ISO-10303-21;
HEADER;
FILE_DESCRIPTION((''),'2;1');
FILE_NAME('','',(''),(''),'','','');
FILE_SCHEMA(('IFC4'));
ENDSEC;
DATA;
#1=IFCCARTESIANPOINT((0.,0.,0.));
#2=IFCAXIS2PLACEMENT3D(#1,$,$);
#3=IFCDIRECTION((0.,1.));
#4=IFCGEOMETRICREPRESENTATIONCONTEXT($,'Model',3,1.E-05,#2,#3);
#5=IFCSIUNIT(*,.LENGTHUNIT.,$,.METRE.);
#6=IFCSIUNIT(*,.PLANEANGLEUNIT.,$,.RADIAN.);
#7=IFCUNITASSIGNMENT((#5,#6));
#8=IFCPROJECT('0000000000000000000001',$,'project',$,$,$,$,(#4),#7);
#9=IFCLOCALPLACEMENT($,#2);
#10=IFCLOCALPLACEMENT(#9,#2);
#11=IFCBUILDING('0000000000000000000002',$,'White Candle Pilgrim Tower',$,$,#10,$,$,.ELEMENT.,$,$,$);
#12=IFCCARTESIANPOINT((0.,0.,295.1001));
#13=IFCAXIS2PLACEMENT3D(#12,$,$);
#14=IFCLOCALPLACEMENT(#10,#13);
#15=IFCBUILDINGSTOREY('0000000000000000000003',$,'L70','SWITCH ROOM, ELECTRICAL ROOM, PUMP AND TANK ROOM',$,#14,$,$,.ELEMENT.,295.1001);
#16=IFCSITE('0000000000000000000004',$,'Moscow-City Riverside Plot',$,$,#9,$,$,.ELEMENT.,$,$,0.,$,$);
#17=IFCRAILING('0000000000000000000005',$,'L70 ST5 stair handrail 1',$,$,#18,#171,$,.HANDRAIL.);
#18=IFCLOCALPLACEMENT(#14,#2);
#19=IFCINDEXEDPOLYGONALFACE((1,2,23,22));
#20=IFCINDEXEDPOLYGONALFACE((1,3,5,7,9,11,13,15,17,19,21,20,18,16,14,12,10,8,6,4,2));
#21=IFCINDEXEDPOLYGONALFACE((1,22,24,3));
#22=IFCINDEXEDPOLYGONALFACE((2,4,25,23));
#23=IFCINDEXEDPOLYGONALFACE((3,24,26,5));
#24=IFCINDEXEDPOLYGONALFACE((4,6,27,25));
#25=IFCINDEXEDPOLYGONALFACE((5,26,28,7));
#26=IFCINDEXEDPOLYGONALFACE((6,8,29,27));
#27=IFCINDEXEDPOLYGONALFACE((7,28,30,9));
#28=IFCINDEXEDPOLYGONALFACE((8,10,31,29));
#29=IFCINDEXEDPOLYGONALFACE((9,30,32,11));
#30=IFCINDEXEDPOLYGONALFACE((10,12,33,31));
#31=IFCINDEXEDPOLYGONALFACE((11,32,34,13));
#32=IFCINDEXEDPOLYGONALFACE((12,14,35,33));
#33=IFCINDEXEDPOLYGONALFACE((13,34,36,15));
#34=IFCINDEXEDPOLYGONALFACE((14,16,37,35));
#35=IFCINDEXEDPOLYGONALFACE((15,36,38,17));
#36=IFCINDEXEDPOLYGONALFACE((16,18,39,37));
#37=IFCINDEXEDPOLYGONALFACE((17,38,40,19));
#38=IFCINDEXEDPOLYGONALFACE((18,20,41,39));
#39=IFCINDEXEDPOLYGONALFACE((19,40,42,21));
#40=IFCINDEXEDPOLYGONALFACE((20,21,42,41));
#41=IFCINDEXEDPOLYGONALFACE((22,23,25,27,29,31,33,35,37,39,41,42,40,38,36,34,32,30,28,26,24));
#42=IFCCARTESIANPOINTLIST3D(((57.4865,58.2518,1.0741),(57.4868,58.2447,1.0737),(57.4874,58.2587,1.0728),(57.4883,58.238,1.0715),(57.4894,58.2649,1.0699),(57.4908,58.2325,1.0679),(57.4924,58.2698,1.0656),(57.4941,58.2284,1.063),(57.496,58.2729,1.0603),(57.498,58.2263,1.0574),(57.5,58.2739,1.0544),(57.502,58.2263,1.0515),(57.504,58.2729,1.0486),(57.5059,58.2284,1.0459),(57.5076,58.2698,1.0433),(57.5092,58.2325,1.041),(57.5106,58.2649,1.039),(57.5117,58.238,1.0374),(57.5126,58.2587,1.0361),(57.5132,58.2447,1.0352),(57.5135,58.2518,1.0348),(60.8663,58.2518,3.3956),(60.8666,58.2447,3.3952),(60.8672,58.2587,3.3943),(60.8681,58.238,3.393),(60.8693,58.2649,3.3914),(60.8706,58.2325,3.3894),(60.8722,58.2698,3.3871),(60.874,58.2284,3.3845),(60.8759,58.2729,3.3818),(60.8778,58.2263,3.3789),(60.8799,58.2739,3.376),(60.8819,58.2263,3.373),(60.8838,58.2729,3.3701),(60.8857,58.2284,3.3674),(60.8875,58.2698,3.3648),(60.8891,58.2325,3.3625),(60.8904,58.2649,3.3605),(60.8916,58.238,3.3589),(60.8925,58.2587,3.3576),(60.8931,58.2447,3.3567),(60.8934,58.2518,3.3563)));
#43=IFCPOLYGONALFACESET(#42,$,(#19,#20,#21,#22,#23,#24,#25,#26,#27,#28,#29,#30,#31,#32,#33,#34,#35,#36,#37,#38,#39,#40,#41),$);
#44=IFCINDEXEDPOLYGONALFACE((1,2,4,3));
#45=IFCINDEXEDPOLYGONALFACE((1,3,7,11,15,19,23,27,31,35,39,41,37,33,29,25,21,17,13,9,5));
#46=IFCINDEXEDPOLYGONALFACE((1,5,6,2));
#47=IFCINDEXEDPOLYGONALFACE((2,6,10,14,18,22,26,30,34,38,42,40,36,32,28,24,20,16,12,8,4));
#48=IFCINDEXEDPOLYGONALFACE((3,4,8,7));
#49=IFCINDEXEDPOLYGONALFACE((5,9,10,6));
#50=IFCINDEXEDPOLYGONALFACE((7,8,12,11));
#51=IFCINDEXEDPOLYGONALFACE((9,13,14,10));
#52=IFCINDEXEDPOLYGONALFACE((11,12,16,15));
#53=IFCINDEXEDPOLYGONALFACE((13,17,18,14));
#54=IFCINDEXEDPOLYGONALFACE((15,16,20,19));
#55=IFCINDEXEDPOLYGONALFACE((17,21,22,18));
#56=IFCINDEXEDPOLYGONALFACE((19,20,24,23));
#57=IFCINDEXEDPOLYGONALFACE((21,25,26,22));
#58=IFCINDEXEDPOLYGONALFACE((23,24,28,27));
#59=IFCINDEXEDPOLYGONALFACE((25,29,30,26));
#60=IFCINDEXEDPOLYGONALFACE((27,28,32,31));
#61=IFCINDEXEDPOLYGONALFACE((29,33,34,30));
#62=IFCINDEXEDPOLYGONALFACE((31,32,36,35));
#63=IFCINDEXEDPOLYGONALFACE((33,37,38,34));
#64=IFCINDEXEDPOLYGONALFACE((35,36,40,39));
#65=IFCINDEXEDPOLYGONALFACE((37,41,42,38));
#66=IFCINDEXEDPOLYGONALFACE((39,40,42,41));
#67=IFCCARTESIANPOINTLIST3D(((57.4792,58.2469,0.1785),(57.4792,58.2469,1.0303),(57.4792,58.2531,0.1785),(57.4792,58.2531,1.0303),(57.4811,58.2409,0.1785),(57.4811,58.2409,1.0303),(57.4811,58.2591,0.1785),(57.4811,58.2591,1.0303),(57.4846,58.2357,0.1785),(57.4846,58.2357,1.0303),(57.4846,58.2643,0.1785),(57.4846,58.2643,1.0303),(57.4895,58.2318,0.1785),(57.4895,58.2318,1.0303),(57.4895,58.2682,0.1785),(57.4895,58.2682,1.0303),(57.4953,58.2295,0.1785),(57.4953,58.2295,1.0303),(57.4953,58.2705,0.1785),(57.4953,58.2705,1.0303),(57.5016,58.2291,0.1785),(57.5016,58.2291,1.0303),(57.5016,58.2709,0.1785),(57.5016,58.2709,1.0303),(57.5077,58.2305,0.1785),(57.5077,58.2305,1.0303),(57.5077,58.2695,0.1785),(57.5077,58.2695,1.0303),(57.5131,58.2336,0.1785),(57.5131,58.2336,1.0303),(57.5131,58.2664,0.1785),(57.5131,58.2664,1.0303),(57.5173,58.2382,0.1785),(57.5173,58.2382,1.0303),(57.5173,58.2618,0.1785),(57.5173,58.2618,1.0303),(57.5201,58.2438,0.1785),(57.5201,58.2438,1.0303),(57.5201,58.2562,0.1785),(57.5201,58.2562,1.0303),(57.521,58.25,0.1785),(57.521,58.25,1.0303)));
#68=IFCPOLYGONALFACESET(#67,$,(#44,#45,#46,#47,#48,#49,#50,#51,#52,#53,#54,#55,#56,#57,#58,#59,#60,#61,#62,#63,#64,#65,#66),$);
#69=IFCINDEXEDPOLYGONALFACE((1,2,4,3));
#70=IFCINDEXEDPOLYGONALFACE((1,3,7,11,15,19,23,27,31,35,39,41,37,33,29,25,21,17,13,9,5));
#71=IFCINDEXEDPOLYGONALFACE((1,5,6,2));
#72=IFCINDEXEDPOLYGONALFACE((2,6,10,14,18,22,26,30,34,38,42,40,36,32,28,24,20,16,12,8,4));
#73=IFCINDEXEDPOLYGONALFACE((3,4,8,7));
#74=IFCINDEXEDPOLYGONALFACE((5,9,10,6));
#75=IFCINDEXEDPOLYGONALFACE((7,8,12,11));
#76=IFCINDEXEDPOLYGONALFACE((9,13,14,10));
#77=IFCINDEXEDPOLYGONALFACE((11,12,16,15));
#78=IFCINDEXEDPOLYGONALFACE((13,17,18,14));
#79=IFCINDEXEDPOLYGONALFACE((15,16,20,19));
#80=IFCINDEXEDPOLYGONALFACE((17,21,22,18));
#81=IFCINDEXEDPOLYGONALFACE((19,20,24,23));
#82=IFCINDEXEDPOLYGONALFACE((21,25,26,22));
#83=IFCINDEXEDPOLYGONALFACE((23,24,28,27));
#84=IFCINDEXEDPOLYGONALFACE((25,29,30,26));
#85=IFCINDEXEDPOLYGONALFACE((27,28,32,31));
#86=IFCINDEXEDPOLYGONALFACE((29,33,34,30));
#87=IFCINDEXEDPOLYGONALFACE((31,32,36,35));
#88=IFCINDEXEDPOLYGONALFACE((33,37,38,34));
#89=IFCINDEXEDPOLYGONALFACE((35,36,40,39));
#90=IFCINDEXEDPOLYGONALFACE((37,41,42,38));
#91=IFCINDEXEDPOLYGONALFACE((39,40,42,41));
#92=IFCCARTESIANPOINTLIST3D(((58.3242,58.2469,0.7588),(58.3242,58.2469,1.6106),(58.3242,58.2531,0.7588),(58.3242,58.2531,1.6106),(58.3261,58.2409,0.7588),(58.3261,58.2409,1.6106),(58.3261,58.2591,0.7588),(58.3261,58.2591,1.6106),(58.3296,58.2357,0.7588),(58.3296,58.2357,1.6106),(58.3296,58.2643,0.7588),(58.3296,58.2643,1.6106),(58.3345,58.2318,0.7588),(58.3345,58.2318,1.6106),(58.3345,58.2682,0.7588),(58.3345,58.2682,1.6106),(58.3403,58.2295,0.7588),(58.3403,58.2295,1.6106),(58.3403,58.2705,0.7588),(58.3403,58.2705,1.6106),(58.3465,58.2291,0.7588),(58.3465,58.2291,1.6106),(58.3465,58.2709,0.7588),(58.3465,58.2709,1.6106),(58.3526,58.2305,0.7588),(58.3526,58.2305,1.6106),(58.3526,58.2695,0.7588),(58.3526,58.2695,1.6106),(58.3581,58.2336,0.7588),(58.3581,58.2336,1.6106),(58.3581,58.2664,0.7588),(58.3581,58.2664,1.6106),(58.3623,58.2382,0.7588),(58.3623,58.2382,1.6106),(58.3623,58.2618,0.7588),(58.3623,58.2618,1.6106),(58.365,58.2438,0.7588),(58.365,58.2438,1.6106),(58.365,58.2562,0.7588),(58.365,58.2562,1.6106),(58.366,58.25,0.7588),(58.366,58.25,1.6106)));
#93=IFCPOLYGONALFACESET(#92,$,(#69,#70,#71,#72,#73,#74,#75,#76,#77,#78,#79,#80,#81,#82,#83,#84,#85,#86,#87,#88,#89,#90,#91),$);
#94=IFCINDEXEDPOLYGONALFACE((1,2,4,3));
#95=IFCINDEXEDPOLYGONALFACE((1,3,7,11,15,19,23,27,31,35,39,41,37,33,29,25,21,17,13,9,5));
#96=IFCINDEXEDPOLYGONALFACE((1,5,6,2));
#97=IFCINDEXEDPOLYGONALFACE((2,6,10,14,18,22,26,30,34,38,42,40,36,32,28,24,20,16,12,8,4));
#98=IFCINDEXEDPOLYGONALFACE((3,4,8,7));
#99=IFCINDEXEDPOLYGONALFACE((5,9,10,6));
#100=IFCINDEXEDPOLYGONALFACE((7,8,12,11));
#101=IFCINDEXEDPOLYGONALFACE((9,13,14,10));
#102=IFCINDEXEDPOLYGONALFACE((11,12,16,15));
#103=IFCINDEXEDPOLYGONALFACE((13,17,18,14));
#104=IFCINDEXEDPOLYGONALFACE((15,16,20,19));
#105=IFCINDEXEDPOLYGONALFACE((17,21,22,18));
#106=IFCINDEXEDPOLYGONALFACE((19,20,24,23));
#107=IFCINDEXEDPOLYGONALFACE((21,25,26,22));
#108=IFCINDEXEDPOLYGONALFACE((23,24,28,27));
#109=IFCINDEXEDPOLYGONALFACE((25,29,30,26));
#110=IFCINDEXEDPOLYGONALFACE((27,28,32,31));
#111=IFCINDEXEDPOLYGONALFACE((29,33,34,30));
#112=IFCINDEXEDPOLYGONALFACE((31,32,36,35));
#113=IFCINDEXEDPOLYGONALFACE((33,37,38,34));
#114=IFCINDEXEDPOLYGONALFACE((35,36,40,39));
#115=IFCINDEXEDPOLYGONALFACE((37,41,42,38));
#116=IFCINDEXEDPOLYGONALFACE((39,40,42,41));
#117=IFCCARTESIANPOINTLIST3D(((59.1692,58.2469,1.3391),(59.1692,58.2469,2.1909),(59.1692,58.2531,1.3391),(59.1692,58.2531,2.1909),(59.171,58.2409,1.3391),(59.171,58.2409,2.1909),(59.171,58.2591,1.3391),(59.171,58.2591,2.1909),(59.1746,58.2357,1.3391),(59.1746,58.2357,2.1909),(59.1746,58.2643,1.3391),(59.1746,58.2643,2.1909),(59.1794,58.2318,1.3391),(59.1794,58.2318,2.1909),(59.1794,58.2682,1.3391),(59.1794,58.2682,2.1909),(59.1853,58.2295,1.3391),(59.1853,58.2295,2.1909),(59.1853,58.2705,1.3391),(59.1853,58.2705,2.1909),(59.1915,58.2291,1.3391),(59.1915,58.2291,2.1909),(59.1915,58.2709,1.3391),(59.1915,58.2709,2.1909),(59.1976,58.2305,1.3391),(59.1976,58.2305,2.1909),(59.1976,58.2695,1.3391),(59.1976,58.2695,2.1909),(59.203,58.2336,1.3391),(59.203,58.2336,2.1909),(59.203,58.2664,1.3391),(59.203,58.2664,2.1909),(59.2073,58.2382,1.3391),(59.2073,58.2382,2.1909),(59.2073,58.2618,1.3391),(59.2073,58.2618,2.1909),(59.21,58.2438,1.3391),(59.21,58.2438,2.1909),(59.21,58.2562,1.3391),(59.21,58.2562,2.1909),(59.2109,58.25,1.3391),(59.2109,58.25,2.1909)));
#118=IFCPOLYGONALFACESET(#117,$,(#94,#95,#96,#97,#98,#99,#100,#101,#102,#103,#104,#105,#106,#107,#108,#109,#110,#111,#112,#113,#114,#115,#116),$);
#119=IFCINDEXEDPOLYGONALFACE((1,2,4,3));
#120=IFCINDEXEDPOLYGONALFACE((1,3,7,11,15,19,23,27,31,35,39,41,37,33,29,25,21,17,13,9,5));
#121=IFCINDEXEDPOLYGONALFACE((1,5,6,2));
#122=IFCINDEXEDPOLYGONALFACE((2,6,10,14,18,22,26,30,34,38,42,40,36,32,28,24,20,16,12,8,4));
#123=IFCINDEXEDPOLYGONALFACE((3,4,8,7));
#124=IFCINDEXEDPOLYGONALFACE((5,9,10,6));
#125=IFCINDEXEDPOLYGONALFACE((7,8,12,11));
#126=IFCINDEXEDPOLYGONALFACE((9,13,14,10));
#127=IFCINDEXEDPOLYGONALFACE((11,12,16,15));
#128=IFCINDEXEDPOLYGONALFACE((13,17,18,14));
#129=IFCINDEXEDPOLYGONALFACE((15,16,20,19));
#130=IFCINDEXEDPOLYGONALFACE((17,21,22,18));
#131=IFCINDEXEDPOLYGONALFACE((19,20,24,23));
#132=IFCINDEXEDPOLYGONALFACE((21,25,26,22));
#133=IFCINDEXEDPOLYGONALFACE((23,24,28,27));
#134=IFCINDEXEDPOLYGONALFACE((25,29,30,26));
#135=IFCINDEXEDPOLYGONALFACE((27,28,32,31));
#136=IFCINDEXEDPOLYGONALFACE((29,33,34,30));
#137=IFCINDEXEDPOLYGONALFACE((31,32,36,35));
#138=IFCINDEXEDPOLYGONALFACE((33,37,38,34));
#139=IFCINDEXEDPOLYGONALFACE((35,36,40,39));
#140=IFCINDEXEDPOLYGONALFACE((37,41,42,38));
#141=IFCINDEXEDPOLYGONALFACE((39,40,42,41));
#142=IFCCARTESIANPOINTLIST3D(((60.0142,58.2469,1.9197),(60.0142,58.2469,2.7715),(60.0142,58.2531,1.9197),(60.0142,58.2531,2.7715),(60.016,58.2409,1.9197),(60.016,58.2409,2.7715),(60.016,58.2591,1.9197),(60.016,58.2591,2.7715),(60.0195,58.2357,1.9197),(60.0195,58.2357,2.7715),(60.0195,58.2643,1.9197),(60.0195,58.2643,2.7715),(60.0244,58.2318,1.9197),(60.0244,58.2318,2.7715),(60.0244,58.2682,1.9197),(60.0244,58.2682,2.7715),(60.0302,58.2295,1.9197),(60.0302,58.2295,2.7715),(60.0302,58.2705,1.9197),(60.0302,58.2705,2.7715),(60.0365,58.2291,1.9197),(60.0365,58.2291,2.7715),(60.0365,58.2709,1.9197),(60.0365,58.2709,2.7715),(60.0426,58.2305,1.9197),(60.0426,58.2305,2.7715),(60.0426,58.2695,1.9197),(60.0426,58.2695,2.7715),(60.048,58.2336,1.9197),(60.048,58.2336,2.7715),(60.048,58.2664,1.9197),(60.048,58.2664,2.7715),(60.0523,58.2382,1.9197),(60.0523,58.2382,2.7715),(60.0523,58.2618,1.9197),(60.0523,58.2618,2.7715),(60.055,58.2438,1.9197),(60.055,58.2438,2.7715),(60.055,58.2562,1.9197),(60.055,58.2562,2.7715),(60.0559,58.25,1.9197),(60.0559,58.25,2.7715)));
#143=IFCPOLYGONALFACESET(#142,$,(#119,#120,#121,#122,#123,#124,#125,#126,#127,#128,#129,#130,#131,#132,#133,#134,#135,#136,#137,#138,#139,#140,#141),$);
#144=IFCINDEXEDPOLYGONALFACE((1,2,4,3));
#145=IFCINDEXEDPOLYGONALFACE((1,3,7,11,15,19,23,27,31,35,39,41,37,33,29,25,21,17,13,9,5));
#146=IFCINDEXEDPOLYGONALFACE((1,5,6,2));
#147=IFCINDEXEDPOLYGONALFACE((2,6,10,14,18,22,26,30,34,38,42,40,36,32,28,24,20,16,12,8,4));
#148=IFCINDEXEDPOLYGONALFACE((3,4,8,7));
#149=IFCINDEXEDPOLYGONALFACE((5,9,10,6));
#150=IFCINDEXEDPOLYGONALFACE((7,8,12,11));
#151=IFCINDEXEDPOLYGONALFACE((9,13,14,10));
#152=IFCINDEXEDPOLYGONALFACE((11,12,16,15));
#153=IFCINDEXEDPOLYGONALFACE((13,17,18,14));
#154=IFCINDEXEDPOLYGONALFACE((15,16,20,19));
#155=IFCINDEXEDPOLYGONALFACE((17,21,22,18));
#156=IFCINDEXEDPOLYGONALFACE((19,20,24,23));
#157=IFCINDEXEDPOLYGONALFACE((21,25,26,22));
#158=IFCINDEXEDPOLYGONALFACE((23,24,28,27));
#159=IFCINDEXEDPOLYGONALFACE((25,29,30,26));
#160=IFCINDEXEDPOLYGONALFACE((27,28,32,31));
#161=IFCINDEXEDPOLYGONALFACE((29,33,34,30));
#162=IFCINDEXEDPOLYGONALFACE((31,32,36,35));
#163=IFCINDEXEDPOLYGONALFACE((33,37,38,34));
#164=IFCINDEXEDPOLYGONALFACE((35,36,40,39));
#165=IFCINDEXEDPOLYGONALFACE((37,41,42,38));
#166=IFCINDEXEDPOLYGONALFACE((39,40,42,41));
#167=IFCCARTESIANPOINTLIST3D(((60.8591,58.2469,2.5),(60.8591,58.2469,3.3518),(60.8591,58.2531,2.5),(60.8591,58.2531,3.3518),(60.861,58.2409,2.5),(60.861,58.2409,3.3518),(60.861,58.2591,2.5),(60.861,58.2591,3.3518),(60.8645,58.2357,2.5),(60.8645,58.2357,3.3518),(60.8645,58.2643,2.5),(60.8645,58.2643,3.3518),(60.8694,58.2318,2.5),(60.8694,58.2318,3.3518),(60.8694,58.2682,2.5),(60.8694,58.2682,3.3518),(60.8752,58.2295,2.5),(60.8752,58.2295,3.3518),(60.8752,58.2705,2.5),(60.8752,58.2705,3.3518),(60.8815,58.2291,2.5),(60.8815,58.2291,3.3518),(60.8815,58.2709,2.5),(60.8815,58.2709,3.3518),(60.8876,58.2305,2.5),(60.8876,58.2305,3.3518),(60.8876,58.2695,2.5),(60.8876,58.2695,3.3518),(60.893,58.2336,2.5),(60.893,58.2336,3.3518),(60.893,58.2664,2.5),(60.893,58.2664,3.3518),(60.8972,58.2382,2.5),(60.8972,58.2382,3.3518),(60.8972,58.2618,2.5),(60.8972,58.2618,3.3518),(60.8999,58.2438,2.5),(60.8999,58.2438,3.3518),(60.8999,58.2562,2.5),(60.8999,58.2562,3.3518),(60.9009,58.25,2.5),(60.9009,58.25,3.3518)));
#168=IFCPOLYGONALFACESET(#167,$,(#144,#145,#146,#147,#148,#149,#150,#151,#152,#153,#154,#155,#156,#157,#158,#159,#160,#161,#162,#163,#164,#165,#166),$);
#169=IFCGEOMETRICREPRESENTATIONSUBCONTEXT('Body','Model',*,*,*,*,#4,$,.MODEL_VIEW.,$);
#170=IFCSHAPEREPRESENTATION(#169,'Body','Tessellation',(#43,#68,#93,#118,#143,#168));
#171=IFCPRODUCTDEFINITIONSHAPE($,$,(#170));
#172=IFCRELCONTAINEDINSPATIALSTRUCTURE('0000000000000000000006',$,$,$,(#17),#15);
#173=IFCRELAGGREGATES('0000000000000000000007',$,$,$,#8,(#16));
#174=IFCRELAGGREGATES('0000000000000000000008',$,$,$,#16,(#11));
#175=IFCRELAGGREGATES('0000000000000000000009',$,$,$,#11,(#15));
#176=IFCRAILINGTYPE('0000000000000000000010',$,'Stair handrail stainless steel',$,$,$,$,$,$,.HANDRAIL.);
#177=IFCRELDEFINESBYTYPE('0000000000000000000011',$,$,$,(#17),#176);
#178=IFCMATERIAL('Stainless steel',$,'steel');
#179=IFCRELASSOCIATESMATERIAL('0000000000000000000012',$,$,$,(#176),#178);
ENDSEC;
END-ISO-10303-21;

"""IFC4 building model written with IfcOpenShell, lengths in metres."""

from ifc_helpers import new_model, si_unit, direction, frame, origin, origin_2d, place, context, subcontext, project, spatial, circle, extrude, material, type_object, element, save


model = new_model("IFC4")

# Units and contexts
model_context = context("Model", 3, precision=1e-05, world=origin(), true_north=direction((0.0, 1.0)))
body_context = subcontext(model_context, "Body", "Model", "MODEL_VIEW")
ifc_project = project(units=[si_unit("LENGTHUNIT", "METRE"), si_unit("PLANEANGLEUNIT", "RADIAN")], contexts=[model_context])

# Site, building, storey
site_placement = place(None, origin())
site = spatial("IfcSite", under=ifc_project, at=site_placement, Name="Moscow-City Riverside Plot", CompositionType="ELEMENT", RefElevation=0.0)
building_placement = place(site_placement, origin())
building = spatial("IfcBuilding", under=site, at=building_placement, Name="White Candle Pilgrim Tower", CompositionType="ELEMENT")
storey_placement = place(building_placement, frame((0.0, 0.0, 295.1001)))
storey = spatial("IfcBuildingStorey", under=building, at=storey_placement, Name="L70", Description="SWITCH ROOM, ELECTRICAL ROOM, PUMP AND TANK ROOM", CompositionType="ELEMENT", Elevation=295.1001)

# Railing
ifc_material_1 = material(Name="Stainless steel", Category="steel")
railing_type_1 = type_object("IfcRailingType", Name="Stair handrail stainless steel", PredefinedType="HANDRAIL", material=ifc_material_1)
railing_1_placement = place(storey_placement, frame((57.5, 58.25, 0.1785)))
element("IfcRailing", 1, at=railing_1_placement, inside=storey, type_object=railing_type_1, Name="L70 ST5 stair handrail 1", PredefinedType="HANDRAIL", context=body_context, shape_type="SweptSolid", body=[
    extrude(circle(Radius=0.0239, at=origin_2d()), frame((0.0, 0.0, 0.876), z_axis=(0.824285, 0.0, 0.566175), x_axis=(0.0, 1.0, 0.0)), (0.0, 0.0, 1.0), 4.1003),
    extrude(circle(Radius=0.021, at=origin_2d()), origin(), (0.0, 0.0, 1.0), 0.8518),
    extrude(circle(Radius=0.021, at=origin_2d()), frame((0.845, 0.0, 0.5803)), (0.0, 0.0, 1.0), 0.8518),
    extrude(circle(Radius=0.021, at=origin_2d()), frame((1.6899, 0.0, 1.1606)), (0.0, 0.0, 1.0), 0.8518),
    extrude(circle(Radius=0.021, at=origin_2d()), frame((2.5349, 0.0, 1.7412)), (0.0, 0.0, 1.0), 0.8518),
    extrude(circle(Radius=0.021, at=origin_2d()), frame((3.3799, 0.0, 2.3215)), (0.0, 0.0, 1.0), 0.8518),
])

save(model, "model.ifc")
